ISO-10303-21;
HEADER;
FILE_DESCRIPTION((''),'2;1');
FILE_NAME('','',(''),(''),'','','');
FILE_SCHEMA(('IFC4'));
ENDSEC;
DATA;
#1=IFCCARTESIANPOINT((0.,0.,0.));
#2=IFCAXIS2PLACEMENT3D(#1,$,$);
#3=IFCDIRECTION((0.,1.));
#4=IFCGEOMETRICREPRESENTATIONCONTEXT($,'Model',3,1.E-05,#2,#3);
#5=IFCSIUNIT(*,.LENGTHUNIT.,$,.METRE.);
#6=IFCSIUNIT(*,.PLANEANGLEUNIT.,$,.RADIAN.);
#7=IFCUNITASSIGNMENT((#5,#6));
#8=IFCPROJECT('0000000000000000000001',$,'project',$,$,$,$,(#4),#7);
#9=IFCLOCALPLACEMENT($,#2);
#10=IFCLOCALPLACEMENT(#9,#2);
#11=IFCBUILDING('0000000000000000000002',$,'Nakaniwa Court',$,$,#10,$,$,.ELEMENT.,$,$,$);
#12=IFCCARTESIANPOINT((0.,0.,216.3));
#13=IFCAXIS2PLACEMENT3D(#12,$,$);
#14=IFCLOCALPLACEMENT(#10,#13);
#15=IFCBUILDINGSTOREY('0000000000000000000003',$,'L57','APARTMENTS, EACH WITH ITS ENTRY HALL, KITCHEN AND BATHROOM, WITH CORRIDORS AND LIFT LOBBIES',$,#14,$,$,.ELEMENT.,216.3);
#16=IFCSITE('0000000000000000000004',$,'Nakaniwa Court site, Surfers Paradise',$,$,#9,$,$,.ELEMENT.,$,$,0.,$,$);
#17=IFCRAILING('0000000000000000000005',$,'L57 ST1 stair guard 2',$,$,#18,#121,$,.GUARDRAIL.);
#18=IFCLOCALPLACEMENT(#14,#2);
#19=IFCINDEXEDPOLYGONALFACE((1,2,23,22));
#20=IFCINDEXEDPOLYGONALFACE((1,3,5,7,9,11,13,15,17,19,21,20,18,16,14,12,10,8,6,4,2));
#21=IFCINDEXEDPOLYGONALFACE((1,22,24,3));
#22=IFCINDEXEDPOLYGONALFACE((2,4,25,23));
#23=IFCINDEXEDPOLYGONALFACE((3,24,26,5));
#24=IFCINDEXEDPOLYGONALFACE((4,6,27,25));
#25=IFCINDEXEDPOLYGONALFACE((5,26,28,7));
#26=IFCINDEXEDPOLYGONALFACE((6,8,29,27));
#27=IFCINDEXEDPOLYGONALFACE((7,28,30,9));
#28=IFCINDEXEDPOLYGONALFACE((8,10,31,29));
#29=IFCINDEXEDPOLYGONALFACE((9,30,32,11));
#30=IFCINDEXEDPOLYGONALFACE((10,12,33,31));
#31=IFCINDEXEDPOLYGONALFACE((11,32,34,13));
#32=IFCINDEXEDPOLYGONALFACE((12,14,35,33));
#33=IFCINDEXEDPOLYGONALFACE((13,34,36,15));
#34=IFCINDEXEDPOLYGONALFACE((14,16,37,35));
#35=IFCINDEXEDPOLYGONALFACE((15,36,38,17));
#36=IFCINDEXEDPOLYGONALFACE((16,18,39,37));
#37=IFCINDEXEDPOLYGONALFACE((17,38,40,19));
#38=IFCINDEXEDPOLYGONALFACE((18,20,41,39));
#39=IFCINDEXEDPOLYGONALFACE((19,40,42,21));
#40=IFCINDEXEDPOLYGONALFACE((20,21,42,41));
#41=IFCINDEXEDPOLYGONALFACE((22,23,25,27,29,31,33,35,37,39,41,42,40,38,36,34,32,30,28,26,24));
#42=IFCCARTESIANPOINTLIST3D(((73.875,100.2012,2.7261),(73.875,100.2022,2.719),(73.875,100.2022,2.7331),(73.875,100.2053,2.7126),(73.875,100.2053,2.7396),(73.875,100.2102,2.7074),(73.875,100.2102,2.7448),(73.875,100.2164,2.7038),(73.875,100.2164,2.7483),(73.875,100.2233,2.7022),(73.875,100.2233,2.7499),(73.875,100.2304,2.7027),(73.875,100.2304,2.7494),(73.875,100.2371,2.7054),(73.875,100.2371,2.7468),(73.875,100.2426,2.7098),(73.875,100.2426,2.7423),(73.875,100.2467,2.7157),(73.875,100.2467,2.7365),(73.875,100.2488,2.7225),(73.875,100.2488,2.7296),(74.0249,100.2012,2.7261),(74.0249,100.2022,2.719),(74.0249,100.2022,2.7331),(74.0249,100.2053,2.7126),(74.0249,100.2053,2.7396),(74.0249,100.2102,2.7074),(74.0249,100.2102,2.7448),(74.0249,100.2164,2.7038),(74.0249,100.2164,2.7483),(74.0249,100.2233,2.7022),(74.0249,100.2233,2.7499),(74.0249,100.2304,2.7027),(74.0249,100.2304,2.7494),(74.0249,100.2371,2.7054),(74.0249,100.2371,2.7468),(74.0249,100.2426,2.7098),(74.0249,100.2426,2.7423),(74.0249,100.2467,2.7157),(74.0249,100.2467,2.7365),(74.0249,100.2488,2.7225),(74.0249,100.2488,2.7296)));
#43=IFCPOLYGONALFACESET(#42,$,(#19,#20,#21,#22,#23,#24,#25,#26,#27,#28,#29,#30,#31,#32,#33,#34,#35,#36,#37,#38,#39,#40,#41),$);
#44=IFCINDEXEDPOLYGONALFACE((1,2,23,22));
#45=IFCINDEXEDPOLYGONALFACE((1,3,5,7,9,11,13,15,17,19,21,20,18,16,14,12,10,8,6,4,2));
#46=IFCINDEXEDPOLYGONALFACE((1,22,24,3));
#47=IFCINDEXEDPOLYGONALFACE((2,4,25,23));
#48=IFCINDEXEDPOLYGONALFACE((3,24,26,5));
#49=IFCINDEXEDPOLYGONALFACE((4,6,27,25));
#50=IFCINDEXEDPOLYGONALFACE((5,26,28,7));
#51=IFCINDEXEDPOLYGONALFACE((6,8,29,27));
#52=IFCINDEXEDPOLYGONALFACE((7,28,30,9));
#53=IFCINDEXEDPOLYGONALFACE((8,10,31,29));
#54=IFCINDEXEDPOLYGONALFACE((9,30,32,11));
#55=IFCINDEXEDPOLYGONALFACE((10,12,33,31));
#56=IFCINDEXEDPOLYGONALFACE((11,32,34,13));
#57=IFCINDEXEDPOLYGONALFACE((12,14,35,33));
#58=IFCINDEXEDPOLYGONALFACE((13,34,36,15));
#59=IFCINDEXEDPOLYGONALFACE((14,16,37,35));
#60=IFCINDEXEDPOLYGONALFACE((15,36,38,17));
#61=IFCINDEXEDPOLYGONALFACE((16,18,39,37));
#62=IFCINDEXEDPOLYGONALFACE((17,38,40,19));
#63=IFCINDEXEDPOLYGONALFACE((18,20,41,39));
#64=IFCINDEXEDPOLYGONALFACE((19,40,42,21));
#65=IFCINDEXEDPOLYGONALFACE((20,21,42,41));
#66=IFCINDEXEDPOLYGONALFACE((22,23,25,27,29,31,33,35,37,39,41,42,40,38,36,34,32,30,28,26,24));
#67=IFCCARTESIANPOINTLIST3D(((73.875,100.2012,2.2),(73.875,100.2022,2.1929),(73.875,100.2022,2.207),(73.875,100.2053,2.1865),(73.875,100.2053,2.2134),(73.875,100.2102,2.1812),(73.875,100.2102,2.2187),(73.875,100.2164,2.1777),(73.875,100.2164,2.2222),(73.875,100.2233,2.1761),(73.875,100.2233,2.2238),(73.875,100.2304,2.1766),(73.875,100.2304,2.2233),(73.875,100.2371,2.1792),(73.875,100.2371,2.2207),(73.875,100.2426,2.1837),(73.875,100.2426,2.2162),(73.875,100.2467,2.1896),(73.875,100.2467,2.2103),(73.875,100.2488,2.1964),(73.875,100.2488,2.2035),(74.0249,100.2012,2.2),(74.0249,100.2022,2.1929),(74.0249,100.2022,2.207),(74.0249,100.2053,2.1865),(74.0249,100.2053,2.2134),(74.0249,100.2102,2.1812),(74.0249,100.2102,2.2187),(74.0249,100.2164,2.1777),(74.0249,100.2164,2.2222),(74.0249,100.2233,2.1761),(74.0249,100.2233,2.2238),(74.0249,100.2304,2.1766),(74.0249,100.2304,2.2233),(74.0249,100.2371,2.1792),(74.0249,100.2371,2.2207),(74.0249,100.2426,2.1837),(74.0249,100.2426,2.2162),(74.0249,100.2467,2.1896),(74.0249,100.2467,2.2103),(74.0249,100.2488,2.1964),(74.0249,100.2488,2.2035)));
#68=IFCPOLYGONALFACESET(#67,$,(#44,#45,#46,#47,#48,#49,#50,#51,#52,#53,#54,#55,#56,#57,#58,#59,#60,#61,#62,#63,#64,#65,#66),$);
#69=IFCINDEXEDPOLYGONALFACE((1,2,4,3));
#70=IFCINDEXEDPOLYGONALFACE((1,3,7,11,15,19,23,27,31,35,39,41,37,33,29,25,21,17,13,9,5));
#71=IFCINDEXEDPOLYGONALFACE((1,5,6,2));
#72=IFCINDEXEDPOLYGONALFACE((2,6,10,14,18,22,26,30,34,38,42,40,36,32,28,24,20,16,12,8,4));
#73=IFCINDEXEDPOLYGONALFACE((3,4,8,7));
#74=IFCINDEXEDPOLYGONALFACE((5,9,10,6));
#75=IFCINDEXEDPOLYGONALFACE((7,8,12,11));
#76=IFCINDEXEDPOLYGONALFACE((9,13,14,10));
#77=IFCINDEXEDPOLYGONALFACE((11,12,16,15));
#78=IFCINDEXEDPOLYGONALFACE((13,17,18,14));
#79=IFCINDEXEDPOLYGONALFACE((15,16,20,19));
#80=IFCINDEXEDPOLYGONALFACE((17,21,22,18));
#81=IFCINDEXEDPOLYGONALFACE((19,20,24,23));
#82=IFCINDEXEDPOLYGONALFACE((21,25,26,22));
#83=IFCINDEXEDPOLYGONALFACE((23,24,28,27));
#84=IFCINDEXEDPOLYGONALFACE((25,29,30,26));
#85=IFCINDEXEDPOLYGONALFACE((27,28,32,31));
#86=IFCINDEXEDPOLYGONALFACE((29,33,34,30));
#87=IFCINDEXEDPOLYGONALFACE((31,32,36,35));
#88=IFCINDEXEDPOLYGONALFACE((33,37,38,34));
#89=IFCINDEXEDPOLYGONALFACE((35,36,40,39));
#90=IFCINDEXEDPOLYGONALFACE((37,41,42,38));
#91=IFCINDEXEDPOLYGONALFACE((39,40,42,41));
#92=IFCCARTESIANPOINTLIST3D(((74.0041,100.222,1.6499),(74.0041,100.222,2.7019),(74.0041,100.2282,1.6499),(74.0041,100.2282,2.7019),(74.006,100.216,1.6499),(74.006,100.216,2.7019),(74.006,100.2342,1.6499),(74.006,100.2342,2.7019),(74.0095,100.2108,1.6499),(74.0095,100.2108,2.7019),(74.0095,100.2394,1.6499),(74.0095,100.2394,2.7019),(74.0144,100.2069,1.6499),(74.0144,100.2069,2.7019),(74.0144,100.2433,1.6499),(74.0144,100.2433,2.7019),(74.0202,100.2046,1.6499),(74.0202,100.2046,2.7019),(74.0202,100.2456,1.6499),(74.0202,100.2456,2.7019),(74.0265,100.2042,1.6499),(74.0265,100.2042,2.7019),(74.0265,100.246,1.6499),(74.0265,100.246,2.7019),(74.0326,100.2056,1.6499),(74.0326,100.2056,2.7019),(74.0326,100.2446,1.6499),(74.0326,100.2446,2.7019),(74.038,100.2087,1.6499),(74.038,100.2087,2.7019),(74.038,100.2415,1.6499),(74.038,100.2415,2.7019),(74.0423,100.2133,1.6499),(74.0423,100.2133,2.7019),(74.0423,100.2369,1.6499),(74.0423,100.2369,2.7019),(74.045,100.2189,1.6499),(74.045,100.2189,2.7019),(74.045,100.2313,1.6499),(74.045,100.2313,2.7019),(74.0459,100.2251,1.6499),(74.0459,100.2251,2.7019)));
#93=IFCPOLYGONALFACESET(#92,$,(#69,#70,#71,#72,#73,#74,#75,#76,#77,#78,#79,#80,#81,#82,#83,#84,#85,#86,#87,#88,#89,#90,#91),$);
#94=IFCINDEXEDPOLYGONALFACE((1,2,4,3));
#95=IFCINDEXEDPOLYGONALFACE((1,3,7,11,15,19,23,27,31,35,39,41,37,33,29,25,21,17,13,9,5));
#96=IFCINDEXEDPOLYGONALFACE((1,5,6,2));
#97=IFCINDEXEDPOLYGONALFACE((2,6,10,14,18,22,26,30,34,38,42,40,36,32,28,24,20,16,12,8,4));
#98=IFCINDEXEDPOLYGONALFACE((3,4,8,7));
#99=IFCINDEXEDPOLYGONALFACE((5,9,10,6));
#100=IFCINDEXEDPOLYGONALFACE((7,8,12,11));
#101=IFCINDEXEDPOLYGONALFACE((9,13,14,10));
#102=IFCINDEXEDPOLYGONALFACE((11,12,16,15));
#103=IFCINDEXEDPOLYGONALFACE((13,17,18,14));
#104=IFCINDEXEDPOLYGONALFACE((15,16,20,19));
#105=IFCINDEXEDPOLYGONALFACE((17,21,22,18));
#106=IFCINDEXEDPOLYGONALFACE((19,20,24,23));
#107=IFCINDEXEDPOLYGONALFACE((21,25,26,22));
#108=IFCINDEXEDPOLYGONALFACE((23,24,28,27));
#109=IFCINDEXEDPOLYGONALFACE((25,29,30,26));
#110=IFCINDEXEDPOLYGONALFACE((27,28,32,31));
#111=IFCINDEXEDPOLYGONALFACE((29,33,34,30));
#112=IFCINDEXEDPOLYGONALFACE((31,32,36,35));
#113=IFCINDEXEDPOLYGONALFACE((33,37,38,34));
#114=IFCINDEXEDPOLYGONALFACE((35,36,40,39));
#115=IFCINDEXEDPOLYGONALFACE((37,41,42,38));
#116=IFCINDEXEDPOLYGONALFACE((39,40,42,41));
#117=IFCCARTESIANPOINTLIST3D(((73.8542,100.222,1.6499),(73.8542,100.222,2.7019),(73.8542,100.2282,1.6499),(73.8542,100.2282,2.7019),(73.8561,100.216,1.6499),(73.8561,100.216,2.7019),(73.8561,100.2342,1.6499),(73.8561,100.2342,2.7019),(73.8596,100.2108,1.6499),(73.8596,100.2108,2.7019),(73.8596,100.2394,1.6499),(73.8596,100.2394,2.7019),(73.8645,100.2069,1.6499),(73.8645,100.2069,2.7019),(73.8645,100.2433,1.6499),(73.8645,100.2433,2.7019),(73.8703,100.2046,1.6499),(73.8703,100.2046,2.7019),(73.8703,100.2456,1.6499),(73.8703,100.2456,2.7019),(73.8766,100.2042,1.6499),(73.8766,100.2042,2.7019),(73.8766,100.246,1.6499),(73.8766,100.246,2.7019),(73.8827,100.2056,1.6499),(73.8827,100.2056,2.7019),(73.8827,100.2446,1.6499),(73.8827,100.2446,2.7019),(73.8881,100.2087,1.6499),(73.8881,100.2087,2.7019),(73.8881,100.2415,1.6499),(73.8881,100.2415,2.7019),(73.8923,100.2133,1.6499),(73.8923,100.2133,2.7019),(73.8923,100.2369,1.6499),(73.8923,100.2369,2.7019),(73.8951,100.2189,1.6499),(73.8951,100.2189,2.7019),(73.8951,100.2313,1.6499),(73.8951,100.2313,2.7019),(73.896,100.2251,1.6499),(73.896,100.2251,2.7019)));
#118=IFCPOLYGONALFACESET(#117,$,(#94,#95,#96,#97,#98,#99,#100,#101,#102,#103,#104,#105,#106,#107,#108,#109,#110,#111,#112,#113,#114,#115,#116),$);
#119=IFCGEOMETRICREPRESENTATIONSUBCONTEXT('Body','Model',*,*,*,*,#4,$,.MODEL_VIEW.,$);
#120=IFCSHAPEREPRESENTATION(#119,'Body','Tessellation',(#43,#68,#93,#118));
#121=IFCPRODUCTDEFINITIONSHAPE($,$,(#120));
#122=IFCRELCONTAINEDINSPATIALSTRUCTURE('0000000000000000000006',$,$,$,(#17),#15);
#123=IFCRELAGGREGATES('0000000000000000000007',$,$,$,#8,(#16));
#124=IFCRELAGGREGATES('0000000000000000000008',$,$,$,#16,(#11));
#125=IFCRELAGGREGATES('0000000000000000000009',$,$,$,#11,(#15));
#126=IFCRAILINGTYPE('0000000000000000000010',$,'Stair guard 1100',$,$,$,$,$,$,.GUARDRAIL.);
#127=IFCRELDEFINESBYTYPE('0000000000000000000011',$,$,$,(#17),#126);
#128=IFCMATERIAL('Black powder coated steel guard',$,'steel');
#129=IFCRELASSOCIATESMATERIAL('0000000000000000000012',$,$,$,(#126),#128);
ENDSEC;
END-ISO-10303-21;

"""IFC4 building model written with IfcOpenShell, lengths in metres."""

from ifc_helpers import new_model, si_unit, direction, frame, origin, origin_2d, place, context, subcontext, project, spatial, circle, extrude, material, type_object, element, save


model = new_model("IFC4")

# Units and contexts
model_context = context("Model", 3, precision=1e-05, world=origin(), true_north=direction((0.0, 1.0)))
body_context = subcontext(model_context, "Body", "Model", "MODEL_VIEW")
ifc_project = project(units=[si_unit("LENGTHUNIT", "METRE"), si_unit("PLANEANGLEUNIT", "RADIAN")], contexts=[model_context])

# Site, building, storey
site_placement = place(None, origin())
site = spatial("IfcSite", under=ifc_project, at=site_placement, Name="Nakaniwa Court site, Surfers Paradise", CompositionType="ELEMENT", RefElevation=0.0)
building_placement = place(site_placement, origin())
building = spatial("IfcBuilding", under=site, at=building_placement, Name="Nakaniwa Court", CompositionType="ELEMENT")
storey_placement = place(building_placement, frame((0.0, 0.0, 216.3)))
storey = spatial("IfcBuildingStorey", under=building, at=storey_placement, Name="L57", Description="APARTMENTS, EACH WITH ITS ENTRY HALL, KITCHEN AND BATHROOM, WITH CORRIDORS AND LIFT LOBBIES", CompositionType="ELEMENT", Elevation=216.3)

# Railing
ifc_material_1 = material(Name="Black powder coated steel guard", Category="steel")
railing_type_1 = type_object("IfcRailingType", Name="Stair guard 1100", PredefinedType="GUARDRAIL", material=ifc_material_1)
railing_1_placement = place(storey_placement, frame((74.0249, 100.2251, 1.6499)))
element("IfcRailing", 1, at=railing_1_placement, inside=storey, type_object=railing_type_1, Name="L57 ST1 stair guard 2", PredefinedType="GUARDRAIL", context=body_context, shape_type="SweptSolid", body=[
    extrude(circle(Radius=0.0239, at=origin_2d()), frame((0.0, 0.0, 1.0762), z_axis=(-1.0, 0.0, 0.0), x_axis=(0.0, -1.0, 0.0)), (0.0, 0.0, 1.0), 0.1499),
    extrude(circle(Radius=0.0239, at=origin_2d()), frame((0.0, 0.0, 0.55), z_axis=(-1.0, 0.0, 0.0), x_axis=(0.0, -1.0, 0.0)), (0.0, 0.0, 1.0), 0.1499),
    extrude(circle(Radius=0.021, at=origin_2d()), origin(), (0.0, 0.0, 1.0), 1.052),
    extrude(circle(Radius=0.021, at=origin_2d()), frame((-0.1499, 0.0, 0.0)), (0.0, 0.0, 1.0), 1.052),
])

save(model, "model.ifc")
